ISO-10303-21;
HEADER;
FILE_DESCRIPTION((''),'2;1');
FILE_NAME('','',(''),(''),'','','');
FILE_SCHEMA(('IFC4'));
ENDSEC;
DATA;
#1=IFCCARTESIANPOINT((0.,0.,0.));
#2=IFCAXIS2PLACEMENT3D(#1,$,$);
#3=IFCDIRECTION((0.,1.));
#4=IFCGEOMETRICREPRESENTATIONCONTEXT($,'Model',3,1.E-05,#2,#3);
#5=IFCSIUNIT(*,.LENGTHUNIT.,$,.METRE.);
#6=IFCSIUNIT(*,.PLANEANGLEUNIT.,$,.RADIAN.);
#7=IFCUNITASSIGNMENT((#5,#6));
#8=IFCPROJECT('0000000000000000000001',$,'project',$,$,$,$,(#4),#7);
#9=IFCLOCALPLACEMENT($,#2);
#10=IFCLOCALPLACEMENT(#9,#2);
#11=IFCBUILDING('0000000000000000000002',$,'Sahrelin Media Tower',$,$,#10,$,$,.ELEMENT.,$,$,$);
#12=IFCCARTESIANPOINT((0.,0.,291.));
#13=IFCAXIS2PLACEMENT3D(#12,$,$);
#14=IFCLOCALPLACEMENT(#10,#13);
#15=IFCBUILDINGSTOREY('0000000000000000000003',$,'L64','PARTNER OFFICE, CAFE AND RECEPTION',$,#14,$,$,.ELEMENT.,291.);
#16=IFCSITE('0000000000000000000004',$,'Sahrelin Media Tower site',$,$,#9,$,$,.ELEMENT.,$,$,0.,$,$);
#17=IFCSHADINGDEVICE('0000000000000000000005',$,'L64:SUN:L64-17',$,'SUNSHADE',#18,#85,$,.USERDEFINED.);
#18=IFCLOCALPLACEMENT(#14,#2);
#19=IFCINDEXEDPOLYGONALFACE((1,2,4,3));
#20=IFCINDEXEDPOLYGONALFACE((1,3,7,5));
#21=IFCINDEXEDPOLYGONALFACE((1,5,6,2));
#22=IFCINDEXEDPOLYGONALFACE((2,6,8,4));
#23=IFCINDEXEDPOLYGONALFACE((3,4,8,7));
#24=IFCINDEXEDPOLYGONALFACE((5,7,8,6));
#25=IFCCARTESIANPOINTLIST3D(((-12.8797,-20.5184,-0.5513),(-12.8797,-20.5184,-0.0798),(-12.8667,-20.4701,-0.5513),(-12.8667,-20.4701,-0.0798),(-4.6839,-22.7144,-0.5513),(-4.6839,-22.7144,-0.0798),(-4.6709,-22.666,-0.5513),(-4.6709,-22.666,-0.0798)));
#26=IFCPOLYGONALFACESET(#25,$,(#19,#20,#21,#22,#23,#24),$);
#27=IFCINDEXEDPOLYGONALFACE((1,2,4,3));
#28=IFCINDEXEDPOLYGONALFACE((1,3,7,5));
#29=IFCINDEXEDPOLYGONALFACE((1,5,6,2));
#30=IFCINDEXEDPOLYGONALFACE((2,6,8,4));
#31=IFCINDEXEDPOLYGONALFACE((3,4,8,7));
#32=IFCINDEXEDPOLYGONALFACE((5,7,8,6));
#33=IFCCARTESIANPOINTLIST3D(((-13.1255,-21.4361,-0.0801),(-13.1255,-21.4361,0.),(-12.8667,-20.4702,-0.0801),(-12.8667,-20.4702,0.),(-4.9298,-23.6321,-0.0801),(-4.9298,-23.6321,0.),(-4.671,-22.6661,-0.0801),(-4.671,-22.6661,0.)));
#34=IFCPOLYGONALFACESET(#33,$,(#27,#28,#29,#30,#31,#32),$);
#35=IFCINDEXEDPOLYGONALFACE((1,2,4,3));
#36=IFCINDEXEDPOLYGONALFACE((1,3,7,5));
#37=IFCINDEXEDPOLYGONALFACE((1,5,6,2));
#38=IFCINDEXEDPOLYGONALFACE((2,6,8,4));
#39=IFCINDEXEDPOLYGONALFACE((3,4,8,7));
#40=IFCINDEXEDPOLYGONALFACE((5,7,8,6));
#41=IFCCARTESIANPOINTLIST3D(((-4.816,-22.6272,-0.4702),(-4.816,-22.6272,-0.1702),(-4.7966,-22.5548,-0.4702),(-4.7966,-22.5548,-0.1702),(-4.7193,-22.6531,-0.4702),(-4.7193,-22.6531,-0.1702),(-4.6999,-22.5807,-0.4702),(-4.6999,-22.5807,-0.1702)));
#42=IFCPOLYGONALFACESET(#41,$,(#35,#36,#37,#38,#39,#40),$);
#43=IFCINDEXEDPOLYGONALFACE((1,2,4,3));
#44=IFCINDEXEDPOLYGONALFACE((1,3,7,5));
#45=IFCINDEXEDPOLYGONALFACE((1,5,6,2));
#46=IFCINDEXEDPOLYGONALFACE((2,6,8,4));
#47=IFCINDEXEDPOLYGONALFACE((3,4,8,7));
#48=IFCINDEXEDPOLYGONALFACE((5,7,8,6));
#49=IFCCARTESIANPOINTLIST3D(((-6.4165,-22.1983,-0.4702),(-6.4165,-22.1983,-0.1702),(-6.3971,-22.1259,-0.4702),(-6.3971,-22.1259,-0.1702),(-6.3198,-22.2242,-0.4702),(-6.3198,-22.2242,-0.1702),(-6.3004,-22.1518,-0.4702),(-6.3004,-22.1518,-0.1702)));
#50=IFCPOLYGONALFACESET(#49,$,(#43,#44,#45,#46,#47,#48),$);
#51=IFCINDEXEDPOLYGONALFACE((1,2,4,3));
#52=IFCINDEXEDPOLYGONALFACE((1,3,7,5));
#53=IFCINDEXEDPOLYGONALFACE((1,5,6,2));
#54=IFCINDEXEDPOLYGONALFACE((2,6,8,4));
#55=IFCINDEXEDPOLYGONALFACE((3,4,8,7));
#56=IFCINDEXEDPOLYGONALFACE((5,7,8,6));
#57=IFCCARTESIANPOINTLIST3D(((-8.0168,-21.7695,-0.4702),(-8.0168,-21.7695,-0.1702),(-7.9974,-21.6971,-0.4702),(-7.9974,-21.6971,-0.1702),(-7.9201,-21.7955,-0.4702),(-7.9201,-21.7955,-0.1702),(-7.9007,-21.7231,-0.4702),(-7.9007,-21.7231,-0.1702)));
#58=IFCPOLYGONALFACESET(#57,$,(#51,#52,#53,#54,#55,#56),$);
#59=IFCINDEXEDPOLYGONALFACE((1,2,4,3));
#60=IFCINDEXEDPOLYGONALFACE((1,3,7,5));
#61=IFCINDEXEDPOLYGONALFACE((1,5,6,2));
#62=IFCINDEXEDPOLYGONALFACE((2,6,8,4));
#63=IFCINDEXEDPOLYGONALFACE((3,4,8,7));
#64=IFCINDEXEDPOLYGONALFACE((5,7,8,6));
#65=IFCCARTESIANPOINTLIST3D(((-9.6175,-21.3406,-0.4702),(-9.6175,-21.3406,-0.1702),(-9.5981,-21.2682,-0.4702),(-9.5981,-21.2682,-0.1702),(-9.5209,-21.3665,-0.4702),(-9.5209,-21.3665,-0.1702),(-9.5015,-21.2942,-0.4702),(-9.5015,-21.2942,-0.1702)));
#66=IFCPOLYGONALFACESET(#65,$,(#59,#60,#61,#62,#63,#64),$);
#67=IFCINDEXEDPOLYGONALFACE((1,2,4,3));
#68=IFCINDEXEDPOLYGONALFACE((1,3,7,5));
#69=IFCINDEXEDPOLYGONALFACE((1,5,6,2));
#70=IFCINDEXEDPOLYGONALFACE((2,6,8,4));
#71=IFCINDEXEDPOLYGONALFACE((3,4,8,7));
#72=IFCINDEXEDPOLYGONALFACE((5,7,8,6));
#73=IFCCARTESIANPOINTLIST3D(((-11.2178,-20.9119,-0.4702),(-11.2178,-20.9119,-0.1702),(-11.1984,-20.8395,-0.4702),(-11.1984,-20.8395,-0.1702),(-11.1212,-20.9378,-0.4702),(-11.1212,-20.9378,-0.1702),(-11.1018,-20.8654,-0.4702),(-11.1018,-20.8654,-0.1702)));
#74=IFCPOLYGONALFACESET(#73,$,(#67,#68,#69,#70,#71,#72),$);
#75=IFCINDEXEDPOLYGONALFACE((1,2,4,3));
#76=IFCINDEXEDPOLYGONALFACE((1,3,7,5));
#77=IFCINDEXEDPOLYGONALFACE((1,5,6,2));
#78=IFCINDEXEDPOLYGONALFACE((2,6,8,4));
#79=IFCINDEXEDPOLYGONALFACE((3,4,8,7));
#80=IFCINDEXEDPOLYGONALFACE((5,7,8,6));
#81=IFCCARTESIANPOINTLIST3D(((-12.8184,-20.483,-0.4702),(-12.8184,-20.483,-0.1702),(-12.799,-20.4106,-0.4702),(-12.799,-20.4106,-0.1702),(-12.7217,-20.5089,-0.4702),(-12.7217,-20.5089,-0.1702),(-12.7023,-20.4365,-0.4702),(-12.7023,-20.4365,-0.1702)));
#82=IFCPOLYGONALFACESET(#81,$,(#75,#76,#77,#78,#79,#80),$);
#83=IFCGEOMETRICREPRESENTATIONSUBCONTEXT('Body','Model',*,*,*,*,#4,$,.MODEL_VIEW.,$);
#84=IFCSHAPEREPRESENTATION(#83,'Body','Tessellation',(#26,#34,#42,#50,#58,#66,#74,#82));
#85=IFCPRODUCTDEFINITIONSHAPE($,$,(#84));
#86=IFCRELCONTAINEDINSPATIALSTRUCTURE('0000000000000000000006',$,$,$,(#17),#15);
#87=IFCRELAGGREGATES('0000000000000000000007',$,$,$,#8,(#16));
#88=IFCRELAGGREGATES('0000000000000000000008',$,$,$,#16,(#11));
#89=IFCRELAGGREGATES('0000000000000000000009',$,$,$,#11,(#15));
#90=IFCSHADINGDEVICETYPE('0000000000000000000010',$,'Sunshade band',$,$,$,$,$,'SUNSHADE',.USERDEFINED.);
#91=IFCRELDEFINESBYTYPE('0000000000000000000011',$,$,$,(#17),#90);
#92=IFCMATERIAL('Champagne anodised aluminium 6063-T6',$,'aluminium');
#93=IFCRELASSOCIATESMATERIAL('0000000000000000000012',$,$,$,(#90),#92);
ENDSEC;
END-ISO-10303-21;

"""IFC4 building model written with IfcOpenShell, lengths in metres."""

from ifc_helpers import new_model, si_unit, direction, frame, origin, origin_2d, place, context, subcontext, project, spatial, rectangle, extrude, material, type_object, element, save


model = new_model("IFC4")

# Units and contexts
model_context = context("Model", 3, precision=1e-05, world=origin(), true_north=direction((0.0, 1.0)))
body_context = subcontext(model_context, "Body", "Model", "MODEL_VIEW")
ifc_project = project(units=[si_unit("LENGTHUNIT", "METRE"), si_unit("PLANEANGLEUNIT", "RADIAN")], contexts=[model_context])

# Site, building, storey
site_placement = place(None, origin())
site = spatial("IfcSite", under=ifc_project, at=site_placement, Name="Sahrelin Media Tower site", CompositionType="ELEMENT", RefElevation=0.0)
building_placement = place(site_placement, origin())
building = spatial("IfcBuilding", under=site, at=building_placement, Name="Sahrelin Media Tower", CompositionType="ELEMENT")
storey_placement = place(building_placement, frame((0.0, 0.0, 291.0)))
storey = spatial("IfcBuildingStorey", under=building, at=storey_placement, Name="L64", Description="PARTNER OFFICE, CAFE AND RECEPTION", CompositionType="ELEMENT", Elevation=291.0)

# Shared definitions
ifc_material_1 = material(Name="Champagne anodised aluminium 6063-T6", Category="aluminium")

# Shading device
placement = place(storey_placement, frame((-8.7637, -21.5488, 0.0), z_axis=(0.0, 0.0, 1.0), x_axis=(-0.965929, 0.258808, 0.0)))
shading_device_type_1 = type_object("IfcShadingDeviceType", Name="Sunshade band", ElementType="SUNSHADE", PredefinedType="USERDEFINED", material=ifc_material_1)
element("IfcShadingDevice", 1, at=placement, inside=storey, type_object=shading_device_type_1, Name="L64:SUN:L64-17", ObjectType="SUNSHADE", PredefinedType="USERDEFINED", context=body_context, shape_type="SweptSolid", body=[
    extrude(rectangle(XDim=8.4849, YDim=0.05, at=origin_2d()), frame((0.0, 0.0449, -0.5513)), (0.0, 0.0, 1.0), 0.4714),
    extrude(rectangle(XDim=8.4849, YDim=1.0, at=origin_2d()), frame((0.0, 0.52, -0.0801)), (0.0, 0.0, 1.0), 0.0801),
    extrude(rectangle(XDim=0.1001, YDim=0.075, at=origin_2d()), frame((-4.1423, -0.0176, -0.4702)), (0.0, 0.0, 1.0), 0.3),
    extrude(rectangle(XDim=0.1001, YDim=0.075, at=origin_2d()), frame((-2.4854, -0.0176, -0.4702)), (0.0, 0.0, 1.0), 0.3),
    extrude(rectangle(XDim=0.1001, YDim=0.075, at=origin_2d()), frame((-0.8286, -0.0176, -0.4702)), (0.0, 0.0, 1.0), 0.3),
    extrude(rectangle(XDim=0.1001, YDim=0.075, at=origin_2d()), frame((0.8286, -0.0176, -0.4702)), (0.0, 0.0, 1.0), 0.3),
    extrude(rectangle(XDim=0.1001, YDim=0.075, at=origin_2d()), frame((2.4854, -0.0176, -0.4702)), (0.0, 0.0, 1.0), 0.3),
    extrude(rectangle(XDim=0.1001, YDim=0.075, at=origin_2d()), frame((4.1423, -0.0176, -0.4702)), (0.0, 0.0, 1.0), 0.3),
])

save(model, "model.ifc")
